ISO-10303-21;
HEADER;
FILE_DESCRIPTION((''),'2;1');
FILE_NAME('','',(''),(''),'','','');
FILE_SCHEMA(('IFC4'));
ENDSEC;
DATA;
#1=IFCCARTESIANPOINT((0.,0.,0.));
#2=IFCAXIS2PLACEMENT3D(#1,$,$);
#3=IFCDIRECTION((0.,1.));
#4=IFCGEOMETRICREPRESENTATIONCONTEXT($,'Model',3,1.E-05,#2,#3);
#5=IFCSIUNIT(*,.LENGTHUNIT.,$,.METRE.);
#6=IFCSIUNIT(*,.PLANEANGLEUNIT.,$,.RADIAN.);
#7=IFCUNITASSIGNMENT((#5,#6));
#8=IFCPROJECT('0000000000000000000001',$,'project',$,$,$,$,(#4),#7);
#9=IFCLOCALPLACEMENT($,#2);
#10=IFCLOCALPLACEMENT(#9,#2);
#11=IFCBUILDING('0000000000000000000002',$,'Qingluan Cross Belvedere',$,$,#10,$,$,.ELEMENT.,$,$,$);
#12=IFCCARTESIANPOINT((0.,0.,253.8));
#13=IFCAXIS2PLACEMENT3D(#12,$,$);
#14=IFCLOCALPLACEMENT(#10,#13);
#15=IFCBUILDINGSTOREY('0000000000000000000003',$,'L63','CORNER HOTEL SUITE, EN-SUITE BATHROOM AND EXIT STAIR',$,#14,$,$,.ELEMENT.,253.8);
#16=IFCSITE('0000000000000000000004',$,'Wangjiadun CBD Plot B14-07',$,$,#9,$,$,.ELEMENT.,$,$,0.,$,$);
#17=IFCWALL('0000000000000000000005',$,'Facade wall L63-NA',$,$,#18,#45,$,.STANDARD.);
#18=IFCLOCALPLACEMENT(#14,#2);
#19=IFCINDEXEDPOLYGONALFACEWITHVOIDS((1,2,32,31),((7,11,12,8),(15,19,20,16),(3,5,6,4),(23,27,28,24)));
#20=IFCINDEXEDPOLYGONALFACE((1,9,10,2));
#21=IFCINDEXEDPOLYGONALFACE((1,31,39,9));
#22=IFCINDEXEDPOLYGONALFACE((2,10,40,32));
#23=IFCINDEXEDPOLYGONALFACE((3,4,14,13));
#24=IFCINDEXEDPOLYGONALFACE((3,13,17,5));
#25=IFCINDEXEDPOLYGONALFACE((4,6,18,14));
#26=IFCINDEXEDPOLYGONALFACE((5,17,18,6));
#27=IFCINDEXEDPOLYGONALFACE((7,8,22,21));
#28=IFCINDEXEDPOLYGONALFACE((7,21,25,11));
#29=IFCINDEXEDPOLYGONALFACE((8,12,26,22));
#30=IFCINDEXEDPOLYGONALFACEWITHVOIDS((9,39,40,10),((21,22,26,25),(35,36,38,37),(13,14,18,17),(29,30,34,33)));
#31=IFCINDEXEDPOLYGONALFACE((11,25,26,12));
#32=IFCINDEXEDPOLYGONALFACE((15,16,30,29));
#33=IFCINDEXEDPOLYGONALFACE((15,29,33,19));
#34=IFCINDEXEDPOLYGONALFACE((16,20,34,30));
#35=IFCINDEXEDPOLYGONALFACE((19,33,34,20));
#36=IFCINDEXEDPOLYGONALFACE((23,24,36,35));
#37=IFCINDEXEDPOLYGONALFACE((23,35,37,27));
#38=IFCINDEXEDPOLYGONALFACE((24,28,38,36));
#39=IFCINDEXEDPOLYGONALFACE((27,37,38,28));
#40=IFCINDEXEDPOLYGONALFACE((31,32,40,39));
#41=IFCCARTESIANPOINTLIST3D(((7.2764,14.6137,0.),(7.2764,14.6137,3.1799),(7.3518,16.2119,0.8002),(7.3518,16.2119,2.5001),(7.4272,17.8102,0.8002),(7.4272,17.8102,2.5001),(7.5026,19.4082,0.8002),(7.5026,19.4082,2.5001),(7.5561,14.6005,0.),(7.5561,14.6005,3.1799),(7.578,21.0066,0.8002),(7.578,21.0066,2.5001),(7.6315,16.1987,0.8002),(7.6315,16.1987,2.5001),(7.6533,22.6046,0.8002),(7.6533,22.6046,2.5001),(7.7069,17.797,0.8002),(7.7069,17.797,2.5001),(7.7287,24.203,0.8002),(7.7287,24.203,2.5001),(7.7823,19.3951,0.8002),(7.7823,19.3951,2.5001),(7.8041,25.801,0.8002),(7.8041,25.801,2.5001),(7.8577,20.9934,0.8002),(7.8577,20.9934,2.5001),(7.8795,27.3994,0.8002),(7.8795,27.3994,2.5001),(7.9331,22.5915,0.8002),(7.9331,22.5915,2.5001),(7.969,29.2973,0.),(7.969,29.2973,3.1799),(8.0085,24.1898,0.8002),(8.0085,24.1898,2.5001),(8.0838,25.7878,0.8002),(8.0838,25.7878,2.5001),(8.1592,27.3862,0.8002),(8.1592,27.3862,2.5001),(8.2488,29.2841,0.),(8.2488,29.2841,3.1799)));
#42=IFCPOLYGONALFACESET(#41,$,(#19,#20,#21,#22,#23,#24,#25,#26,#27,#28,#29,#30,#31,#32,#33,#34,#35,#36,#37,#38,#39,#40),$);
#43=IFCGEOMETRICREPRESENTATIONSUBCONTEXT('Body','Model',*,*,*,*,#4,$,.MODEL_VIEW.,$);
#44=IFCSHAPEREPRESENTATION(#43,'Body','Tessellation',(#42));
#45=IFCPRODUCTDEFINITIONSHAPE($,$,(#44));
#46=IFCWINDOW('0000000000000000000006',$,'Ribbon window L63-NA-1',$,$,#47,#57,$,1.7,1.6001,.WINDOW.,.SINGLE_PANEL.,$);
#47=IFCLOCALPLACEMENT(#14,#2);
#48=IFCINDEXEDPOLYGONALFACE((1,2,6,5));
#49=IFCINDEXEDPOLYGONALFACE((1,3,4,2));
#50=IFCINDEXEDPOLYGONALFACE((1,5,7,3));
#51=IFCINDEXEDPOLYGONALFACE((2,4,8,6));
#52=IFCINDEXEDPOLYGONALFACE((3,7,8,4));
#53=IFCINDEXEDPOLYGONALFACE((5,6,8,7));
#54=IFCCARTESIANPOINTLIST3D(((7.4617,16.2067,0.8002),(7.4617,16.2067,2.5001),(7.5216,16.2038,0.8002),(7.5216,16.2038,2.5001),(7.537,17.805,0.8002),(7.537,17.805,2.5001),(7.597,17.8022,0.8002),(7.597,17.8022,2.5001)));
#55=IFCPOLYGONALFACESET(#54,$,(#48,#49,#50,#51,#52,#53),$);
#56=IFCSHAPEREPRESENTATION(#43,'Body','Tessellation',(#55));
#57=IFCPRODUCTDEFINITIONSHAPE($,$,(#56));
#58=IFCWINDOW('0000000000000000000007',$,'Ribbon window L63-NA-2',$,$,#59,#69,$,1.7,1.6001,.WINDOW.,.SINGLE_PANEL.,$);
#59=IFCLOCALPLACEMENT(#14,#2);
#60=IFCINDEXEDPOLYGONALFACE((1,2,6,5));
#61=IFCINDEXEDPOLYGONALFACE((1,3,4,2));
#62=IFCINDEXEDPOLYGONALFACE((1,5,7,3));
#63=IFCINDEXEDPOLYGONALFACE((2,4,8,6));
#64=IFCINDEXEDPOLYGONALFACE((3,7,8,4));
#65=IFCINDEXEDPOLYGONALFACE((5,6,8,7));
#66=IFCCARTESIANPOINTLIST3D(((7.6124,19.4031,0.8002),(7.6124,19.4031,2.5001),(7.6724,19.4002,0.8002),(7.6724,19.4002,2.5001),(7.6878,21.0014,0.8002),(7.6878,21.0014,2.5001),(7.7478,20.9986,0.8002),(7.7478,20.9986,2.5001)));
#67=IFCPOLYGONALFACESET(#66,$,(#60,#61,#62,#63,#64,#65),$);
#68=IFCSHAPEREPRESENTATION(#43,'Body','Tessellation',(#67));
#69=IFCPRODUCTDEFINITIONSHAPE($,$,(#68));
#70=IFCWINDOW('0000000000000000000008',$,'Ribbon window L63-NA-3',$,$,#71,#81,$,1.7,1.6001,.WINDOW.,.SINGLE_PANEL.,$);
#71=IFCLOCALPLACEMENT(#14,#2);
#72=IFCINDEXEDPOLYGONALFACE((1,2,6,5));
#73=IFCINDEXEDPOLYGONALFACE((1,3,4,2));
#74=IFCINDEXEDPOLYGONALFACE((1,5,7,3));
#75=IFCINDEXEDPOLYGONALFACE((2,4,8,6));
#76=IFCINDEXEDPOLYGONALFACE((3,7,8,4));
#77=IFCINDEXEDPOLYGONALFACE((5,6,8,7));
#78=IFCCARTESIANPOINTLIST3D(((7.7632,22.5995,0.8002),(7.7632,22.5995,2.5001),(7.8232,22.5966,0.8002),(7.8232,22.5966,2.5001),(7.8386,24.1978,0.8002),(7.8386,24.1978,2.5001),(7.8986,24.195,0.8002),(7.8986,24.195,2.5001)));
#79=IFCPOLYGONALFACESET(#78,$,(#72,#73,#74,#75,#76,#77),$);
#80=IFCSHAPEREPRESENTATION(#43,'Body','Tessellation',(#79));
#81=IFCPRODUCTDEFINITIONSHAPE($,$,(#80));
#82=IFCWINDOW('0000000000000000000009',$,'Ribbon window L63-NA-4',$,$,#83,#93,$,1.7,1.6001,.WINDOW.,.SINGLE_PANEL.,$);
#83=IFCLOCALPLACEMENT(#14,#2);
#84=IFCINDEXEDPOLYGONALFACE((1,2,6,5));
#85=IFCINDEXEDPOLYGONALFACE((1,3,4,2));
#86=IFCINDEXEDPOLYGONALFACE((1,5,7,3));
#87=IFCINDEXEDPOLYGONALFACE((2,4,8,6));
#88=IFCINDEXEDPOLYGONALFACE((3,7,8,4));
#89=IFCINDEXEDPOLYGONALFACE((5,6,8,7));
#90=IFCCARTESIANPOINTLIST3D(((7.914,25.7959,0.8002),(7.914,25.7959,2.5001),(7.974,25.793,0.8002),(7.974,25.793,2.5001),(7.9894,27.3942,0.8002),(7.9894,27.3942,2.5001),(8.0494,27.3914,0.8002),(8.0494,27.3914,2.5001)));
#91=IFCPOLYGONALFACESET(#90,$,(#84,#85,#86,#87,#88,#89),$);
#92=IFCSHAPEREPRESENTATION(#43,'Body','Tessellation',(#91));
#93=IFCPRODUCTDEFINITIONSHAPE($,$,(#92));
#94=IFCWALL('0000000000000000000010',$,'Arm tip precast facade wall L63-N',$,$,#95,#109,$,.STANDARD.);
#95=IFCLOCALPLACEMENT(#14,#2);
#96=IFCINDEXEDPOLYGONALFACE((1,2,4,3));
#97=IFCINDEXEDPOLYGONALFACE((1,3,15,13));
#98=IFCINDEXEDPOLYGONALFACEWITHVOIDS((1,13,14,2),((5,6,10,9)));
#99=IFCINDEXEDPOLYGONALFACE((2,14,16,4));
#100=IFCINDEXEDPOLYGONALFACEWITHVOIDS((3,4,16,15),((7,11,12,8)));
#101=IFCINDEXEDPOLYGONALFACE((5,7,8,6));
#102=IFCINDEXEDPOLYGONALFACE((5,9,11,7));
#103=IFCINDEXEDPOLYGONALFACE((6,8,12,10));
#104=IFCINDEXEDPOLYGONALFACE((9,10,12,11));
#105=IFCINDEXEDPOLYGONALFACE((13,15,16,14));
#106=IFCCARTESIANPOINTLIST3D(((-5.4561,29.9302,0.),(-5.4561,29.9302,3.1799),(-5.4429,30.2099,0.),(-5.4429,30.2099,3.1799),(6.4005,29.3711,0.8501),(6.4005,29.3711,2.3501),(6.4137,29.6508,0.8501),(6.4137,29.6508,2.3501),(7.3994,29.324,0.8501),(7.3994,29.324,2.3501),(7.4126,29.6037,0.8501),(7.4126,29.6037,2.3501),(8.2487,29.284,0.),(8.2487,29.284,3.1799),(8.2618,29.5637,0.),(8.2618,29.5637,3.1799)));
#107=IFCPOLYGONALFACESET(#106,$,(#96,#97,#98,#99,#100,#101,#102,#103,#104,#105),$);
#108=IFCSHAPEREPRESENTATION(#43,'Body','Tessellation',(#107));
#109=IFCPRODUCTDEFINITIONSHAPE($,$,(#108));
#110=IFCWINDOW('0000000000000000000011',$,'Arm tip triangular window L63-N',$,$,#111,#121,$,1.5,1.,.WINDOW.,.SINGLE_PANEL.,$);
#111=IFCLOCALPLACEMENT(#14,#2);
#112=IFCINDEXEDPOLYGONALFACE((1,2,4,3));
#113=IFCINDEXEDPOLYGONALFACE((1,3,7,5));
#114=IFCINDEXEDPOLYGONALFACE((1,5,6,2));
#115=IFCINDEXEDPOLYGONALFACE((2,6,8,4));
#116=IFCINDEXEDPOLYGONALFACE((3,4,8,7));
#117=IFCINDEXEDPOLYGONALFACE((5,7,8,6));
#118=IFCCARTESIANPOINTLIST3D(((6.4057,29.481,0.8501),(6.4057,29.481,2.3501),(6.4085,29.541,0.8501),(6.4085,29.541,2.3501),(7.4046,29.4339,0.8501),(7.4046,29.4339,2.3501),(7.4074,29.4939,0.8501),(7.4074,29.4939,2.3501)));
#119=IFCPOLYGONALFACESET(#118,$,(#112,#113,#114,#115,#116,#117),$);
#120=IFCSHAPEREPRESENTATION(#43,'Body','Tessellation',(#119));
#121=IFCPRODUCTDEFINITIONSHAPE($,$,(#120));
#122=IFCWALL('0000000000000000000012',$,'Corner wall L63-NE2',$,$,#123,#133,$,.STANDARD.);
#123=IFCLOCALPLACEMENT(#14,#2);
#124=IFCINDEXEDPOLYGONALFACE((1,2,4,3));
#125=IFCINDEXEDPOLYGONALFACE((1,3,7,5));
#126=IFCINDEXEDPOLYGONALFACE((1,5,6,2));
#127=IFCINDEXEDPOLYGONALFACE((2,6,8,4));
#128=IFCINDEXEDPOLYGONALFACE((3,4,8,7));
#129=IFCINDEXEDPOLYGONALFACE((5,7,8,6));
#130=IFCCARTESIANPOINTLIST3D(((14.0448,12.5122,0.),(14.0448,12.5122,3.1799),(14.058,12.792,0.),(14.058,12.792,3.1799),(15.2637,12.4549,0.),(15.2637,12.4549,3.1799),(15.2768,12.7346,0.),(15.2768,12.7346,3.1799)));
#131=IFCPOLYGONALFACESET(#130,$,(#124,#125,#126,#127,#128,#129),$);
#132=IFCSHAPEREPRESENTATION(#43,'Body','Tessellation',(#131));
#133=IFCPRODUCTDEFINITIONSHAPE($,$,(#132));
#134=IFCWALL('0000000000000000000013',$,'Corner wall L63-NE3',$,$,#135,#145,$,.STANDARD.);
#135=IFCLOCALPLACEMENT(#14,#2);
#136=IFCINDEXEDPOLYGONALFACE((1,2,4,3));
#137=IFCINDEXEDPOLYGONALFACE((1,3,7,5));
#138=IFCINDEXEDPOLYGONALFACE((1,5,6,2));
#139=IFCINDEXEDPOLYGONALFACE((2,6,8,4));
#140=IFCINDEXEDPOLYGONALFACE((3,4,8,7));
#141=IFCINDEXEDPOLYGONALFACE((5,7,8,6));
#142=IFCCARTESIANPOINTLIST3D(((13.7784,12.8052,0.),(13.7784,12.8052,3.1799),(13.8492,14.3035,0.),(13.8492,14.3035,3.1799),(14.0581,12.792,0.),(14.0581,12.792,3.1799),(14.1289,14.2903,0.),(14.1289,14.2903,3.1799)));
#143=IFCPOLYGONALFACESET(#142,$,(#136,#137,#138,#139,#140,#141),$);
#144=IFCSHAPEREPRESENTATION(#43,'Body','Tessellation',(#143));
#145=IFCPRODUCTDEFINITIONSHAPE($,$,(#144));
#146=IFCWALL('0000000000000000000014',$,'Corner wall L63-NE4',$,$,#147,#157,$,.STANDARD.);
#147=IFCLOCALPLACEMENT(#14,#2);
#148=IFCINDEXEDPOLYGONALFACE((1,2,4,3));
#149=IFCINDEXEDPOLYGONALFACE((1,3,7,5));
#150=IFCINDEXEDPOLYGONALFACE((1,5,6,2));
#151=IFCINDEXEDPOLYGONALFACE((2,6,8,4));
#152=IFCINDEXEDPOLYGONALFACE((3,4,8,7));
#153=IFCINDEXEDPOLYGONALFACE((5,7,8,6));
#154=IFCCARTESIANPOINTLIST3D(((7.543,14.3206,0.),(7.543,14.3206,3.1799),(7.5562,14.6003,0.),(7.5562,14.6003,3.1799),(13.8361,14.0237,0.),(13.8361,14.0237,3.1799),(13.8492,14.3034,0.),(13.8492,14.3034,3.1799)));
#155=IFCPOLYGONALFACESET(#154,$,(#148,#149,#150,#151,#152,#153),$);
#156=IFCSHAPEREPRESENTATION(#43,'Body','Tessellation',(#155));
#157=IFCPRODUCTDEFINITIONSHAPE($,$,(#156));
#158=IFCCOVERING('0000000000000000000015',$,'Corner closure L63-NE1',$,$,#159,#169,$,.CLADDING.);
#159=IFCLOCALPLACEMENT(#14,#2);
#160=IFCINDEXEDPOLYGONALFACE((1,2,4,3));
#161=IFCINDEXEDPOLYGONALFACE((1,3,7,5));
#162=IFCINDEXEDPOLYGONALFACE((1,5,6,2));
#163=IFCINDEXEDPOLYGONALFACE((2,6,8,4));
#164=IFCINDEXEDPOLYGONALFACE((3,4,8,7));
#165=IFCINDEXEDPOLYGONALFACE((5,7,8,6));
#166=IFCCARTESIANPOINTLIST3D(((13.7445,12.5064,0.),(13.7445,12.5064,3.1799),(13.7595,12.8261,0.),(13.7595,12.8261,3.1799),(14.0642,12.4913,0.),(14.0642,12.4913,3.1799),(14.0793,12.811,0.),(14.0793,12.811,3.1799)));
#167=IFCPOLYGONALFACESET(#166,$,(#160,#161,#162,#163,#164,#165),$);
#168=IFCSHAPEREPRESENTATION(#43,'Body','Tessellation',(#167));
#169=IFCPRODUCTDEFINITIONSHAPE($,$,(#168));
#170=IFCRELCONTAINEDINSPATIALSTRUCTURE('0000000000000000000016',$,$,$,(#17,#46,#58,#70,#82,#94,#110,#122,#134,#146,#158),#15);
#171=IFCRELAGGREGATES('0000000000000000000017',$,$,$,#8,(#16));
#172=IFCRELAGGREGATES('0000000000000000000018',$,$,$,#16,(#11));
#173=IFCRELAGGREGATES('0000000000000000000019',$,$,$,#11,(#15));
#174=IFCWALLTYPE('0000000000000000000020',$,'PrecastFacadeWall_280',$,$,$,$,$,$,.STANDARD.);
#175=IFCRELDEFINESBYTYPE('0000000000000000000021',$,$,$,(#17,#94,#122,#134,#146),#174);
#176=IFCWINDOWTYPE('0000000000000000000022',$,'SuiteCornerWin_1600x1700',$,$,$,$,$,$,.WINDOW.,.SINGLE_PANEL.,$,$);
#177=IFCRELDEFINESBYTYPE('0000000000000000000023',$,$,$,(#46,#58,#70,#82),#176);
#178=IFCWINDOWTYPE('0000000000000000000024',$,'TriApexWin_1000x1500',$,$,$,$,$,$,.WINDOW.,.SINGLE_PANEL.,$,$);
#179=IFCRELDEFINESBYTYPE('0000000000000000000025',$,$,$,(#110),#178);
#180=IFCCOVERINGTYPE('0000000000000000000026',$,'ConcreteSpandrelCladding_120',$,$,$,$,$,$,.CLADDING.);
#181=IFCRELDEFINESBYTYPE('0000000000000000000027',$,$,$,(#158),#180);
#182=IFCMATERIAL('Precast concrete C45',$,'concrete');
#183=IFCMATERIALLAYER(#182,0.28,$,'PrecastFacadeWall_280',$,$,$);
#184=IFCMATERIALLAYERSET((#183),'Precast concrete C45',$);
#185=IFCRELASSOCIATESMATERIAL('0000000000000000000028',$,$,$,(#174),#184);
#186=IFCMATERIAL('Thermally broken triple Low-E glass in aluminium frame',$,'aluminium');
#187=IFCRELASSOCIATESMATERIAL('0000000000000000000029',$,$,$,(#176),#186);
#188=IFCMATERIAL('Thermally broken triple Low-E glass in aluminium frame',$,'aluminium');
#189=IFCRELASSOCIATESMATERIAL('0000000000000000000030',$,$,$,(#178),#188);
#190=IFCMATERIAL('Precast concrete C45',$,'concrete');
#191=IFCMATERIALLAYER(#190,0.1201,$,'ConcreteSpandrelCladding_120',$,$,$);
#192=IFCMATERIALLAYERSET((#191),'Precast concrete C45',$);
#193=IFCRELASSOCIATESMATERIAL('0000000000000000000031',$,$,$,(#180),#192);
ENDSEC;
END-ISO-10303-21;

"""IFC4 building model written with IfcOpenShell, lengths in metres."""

from ifc_helpers import new_model, si_unit, direction, frame, frame_2d, origin, origin_2d, place, context, subcontext, project, spatial, rectangle, extrude, material, layer, layer_set, type_object, element, fill, save


model = new_model("IFC4")

# Units and contexts
model_context = context("Model", 3, precision=1e-05, world=origin(), true_north=direction((0.0, 1.0)))
body_context = subcontext(model_context, "Body", "Model", "MODEL_VIEW")
ifc_project = project(units=[si_unit("LENGTHUNIT", "METRE"), si_unit("PLANEANGLEUNIT", "RADIAN")], contexts=[model_context])

# Site, building, storey
site_placement = place(None, origin())
site = spatial("IfcSite", under=ifc_project, at=site_placement, Name="Wangjiadun CBD Plot B14-07", CompositionType="ELEMENT", RefElevation=0.0)
building_placement = place(site_placement, origin())
building = spatial("IfcBuilding", under=site, at=building_placement, Name="Qingluan Cross Belvedere", CompositionType="ELEMENT")
storey_placement = place(building_placement, frame((0.0, 0.0, 253.8)))
storey = spatial("IfcBuildingStorey", under=building, at=storey_placement, Name="L63", Description="CORNER HOTEL SUITE, EN-SUITE BATHROOM AND EXIT STAIR", CompositionType="ELEMENT", Elevation=253.8)

# Wall, openings, windows
ifc_material_1 = material(Name="Precast concrete C45", Category="concrete")
ifc_layer_1 = layer(ifc_material_1, 0.28, Name="PrecastFacadeWall_280")
ifc_layer_set_1 = layer_set([ifc_layer_1], Name="Precast concrete C45")
wall_type_1 = type_object("IfcWallType", Name="PrecastFacadeWall_280", PredefinedType="STANDARD", material=ifc_layer_set_1)
wall_1_placement = place(storey_placement, frame((7.4163, 14.6069, 0.0), z_axis=(0.0, 0.0, 1.0), x_axis=(0.047118, 0.998889, 0.0)))
wall_1 = element("IfcWall", 1, at=wall_1_placement, inside=storey, type_object=wall_type_1, Name="Facade wall L63-NA", PredefinedType="STANDARD", context=body_context, shape_type="SweptSolid", body=[
    extrude(rectangle(XDim=14.7, YDim=0.28, at=frame_2d((7.3501, 0.0))), origin(), (0.0, 0.0, 1.0), 3.1799),
])
opening_1_placement = place(wall_1_placement, frame((1.6001, 0.0, 0.8)))
opening_1 = element("IfcOpeningElement", 2, at=opening_1_placement, cuts=wall_1, PredefinedType="OPENING", context=body_context, shape_type="SweptSolid", body=[
    extrude(rectangle(XDim=1.6001, YDim=1.7, at=frame_2d((0.8, 0.8501))), frame((0.0, 0.1499, 0.0), z_axis=(0.0, -1.0, 0.0), x_axis=(1.0, 0.0, 0.0)), (0.0, 0.0, 1.0), 0.3),
])
opening_2_placement = place(wall_1_placement, frame((4.8, 0.0, 0.8)))
opening_2 = element("IfcOpeningElement", 3, at=opening_2_placement, cuts=wall_1, PredefinedType="OPENING", context=body_context, shape_type="SweptSolid", body=[
    extrude(rectangle(XDim=1.6001, YDim=1.7, at=frame_2d((0.8, 0.8501))), frame((0.0, 0.1499, 0.0), z_axis=(0.0, -1.0, 0.0), x_axis=(1.0, 0.0, 0.0)), (0.0, 0.0, 1.0), 0.3),
])
opening_3_placement = place(wall_1_placement, frame((8.0, 0.0, 0.8)))
opening_3 = element("IfcOpeningElement", 4, at=opening_3_placement, cuts=wall_1, PredefinedType="OPENING", context=body_context, shape_type="SweptSolid", body=[
    extrude(rectangle(XDim=1.6001, YDim=1.7, at=frame_2d((0.8, 0.8501))), frame((0.0, 0.1499, 0.0), z_axis=(0.0, -1.0, 0.0), x_axis=(1.0, 0.0, 0.0)), (0.0, 0.0, 1.0), 0.3),
])
opening_4_placement = place(wall_1_placement, frame((11.2, 0.0, 0.8)))
opening_4 = element("IfcOpeningElement", 5, at=opening_4_placement, cuts=wall_1, PredefinedType="OPENING", context=body_context, shape_type="SweptSolid", body=[
    extrude(rectangle(XDim=1.6001, YDim=1.7, at=frame_2d((0.8, 0.8501))), frame((0.0, 0.1499, 0.0), z_axis=(0.0, -1.0, 0.0), x_axis=(1.0, 0.0, 0.0)), (0.0, 0.0, 1.0), 0.3),
])
ifc_material_2 = material(Name="Thermally broken triple Low-E glass in aluminium frame", Category="aluminium")
window_type_1 = type_object("IfcWindowType", Name="SuiteCornerWin_1600x1700", PartitioningType="SINGLE_PANEL", PredefinedType="WINDOW", material=ifc_material_2)
window_1_placement = place(opening_1_placement, origin())
window_1 = element("IfcWindow", 6, at=window_1_placement, inside=storey, type_object=window_type_1, Name="Ribbon window L63-NA-1", OverallHeight=1.7, OverallWidth=1.6001, PartitioningType="SINGLE_PANEL", PredefinedType="WINDOW", context=body_context, shape_type="SweptSolid", body=[
    extrude(rectangle(XDim=1.6001, YDim=1.7, at=frame_2d((0.8, 0.8501))), frame((0.0, 0.03, 0.0), z_axis=(0.0, -1.0, 0.0), x_axis=(1.0, 0.0, 0.0)), (0.0, 0.0, 1.0), 0.0601),
])
fill(opening_1, window_1)
window_2_placement = place(opening_2_placement, origin())
window_2 = element("IfcWindow", 7, at=window_2_placement, inside=storey, type_object=window_type_1, Name="Ribbon window L63-NA-2", OverallHeight=1.7, OverallWidth=1.6001, PartitioningType="SINGLE_PANEL", PredefinedType="WINDOW", context=body_context, shape_type="SweptSolid", body=[
    extrude(rectangle(XDim=1.6001, YDim=1.7, at=frame_2d((0.8, 0.8501))), frame((0.0, 0.03, 0.0), z_axis=(0.0, -1.0, 0.0), x_axis=(1.0, 0.0, 0.0)), (0.0, 0.0, 1.0), 0.0601),
])
fill(opening_2, window_2)
window_3_placement = place(opening_3_placement, origin())
window_3 = element("IfcWindow", 8, at=window_3_placement, inside=storey, type_object=window_type_1, Name="Ribbon window L63-NA-3", OverallHeight=1.7, OverallWidth=1.6001, PartitioningType="SINGLE_PANEL", PredefinedType="WINDOW", context=body_context, shape_type="SweptSolid", body=[
    extrude(rectangle(XDim=1.6001, YDim=1.7, at=frame_2d((0.8, 0.8501))), frame((0.0, 0.03, 0.0), z_axis=(0.0, -1.0, 0.0), x_axis=(1.0, 0.0, 0.0)), (0.0, 0.0, 1.0), 0.0601),
])
fill(opening_3, window_3)
window_4_placement = place(opening_4_placement, origin())
window_4 = element("IfcWindow", 9, at=window_4_placement, inside=storey, type_object=window_type_1, Name="Ribbon window L63-NA-4", OverallHeight=1.7, OverallWidth=1.6001, PartitioningType="SINGLE_PANEL", PredefinedType="WINDOW", context=body_context, shape_type="SweptSolid", body=[
    extrude(rectangle(XDim=1.6001, YDim=1.7, at=frame_2d((0.8, 0.8501))), frame((0.0, 0.03, 0.0), z_axis=(0.0, -1.0, 0.0), x_axis=(1.0, 0.0, 0.0)), (0.0, 0.0, 1.0), 0.0601),
])
fill(opening_4, window_4)

# Wall, opening, window
wall_2_placement = place(storey_placement, frame((8.2551, 29.4238, 0.0), z_axis=(0.0, 0.0, 1.0), x_axis=(-0.99889, 0.047102, 0.0)))
wall_2 = element("IfcWall", 10, at=wall_2_placement, inside=storey, type_object=wall_type_1, Name="Arm tip precast facade wall L63-N", PredefinedType="STANDARD", context=body_context, shape_type="SweptSolid", body=[
    extrude(rectangle(XDim=13.72, YDim=0.28, at=frame_2d((6.8599, 0.0))), origin(), (0.0, 0.0, 1.0), 3.1799),
])
opening_5_placement = place(wall_2_placement, frame((0.8501, 0.0, 0.8501)))
opening_5 = element("IfcOpeningElement", 11, at=opening_5_placement, cuts=wall_2, PredefinedType="OPENING", context=body_context, shape_type="SweptSolid", body=[
    extrude(rectangle(XDim=1.0, YDim=1.5, at=frame_2d((0.5, 0.75))), frame((0.0, 0.1499, 0.0), z_axis=(0.0, -1.0, 0.0), x_axis=(1.0, 0.0, 0.0)), (0.0, 0.0, 1.0), 0.3),
])
ifc_material_3 = material(Name="Thermally broken triple Low-E glass in aluminium frame", Category="aluminium")
window_type_2 = type_object("IfcWindowType", Name="TriApexWin_1000x1500", PartitioningType="SINGLE_PANEL", PredefinedType="WINDOW", material=ifc_material_3)
window_5_placement = place(opening_5_placement, origin())
window_5 = element("IfcWindow", 12, at=window_5_placement, inside=storey, type_object=window_type_2, Name="Arm tip triangular window L63-N", OverallHeight=1.5, OverallWidth=1.0, PartitioningType="SINGLE_PANEL", PredefinedType="WINDOW", context=body_context, shape_type="SweptSolid", body=[
    extrude(rectangle(XDim=1.0, YDim=1.5, at=frame_2d((0.5, 0.75))), frame((0.0, 0.03, 0.0), z_axis=(0.0, -1.0, 0.0), x_axis=(1.0, 0.0, 0.0)), (0.0, 0.0, 1.0), 0.0601),
])
fill(opening_5, window_5)

# Walls
wall_3_placement = place(storey_placement, frame((15.2703, 12.5947, 0.0), z_axis=(0.0, 0.0, 1.0), x_axis=(-0.998894, 0.047023, 0.0)))
element("IfcWall", 13, at=wall_3_placement, inside=storey, type_object=wall_type_1, Name="Corner wall L63-NE2", PredefinedType="STANDARD", context=body_context, shape_type="SweptSolid", body=[
    extrude(rectangle(XDim=1.2202, YDim=0.28, at=frame_2d((0.6101, 0.0))), origin(), (0.0, 0.0, 1.0), 3.1799),
])
wall_4_placement = place(storey_placement, frame((13.9182, 12.7986, 0.0), z_axis=(0.0, 0.0, 1.0), x_axis=(0.047202, 0.998885, 0.0)))
element("IfcWall", 14, at=wall_4_placement, inside=storey, type_object=wall_type_1, Name="Corner wall L63-NE3", PredefinedType="STANDARD", context=body_context, shape_type="SweptSolid", body=[
    extrude(rectangle(XDim=1.5, YDim=0.28, at=frame_2d((0.75, 0.0))), origin(), (0.0, 0.0, 1.0), 3.1799),
])
wall_5_placement = place(storey_placement, frame((13.8425, 14.1636, 0.0), z_axis=(0.0, 0.0, 1.0), x_axis=(-0.998889, 0.047123, 0.0)))
element("IfcWall", 15, at=wall_5_placement, inside=storey, type_object=wall_type_1, Name="Corner wall L63-NE4", PredefinedType="STANDARD", context=body_context, shape_type="SweptSolid", body=[
    extrude(rectangle(XDim=6.3, YDim=0.28, at=frame_2d((3.1499, 0.0))), origin(), (0.0, 0.0, 1.0), 3.1799),
])

# Covering
ifc_material_4 = material(Name="Precast concrete C45", Category="concrete")
ifc_layer_2 = layer(ifc_material_4, 0.1201, Name="ConcreteSpandrelCladding_120")
ifc_layer_set_2 = layer_set([ifc_layer_2], Name="Precast concrete C45")
covering_type = type_object("IfcCoveringType", Name="ConcreteSpandrelCladding_120", PredefinedType="CLADDING", material=ifc_layer_set_2)
for number, where, z_axis, x_axis, name in (
    (16, (13.9119, 12.6587, 0.0), (0.0, 0.0, 1.0), (0.99889, -0.047106, 0.0), "Corner closure L63-NE1"),
):
    element("IfcCovering", number, at=place(storey_placement, frame(where, z_axis=z_axis, x_axis=x_axis)), inside=storey, type_object=covering_type, Name=name, PredefinedType="CLADDING", context=body_context, shape_type="SweptSolid", body=[
        extrude(rectangle(XDim=0.3201, YDim=0.3201, at=origin_2d()), origin(), (0.0, 0.0, 1.0), 3.1799),
    ])

save(model, "model.ifc")
